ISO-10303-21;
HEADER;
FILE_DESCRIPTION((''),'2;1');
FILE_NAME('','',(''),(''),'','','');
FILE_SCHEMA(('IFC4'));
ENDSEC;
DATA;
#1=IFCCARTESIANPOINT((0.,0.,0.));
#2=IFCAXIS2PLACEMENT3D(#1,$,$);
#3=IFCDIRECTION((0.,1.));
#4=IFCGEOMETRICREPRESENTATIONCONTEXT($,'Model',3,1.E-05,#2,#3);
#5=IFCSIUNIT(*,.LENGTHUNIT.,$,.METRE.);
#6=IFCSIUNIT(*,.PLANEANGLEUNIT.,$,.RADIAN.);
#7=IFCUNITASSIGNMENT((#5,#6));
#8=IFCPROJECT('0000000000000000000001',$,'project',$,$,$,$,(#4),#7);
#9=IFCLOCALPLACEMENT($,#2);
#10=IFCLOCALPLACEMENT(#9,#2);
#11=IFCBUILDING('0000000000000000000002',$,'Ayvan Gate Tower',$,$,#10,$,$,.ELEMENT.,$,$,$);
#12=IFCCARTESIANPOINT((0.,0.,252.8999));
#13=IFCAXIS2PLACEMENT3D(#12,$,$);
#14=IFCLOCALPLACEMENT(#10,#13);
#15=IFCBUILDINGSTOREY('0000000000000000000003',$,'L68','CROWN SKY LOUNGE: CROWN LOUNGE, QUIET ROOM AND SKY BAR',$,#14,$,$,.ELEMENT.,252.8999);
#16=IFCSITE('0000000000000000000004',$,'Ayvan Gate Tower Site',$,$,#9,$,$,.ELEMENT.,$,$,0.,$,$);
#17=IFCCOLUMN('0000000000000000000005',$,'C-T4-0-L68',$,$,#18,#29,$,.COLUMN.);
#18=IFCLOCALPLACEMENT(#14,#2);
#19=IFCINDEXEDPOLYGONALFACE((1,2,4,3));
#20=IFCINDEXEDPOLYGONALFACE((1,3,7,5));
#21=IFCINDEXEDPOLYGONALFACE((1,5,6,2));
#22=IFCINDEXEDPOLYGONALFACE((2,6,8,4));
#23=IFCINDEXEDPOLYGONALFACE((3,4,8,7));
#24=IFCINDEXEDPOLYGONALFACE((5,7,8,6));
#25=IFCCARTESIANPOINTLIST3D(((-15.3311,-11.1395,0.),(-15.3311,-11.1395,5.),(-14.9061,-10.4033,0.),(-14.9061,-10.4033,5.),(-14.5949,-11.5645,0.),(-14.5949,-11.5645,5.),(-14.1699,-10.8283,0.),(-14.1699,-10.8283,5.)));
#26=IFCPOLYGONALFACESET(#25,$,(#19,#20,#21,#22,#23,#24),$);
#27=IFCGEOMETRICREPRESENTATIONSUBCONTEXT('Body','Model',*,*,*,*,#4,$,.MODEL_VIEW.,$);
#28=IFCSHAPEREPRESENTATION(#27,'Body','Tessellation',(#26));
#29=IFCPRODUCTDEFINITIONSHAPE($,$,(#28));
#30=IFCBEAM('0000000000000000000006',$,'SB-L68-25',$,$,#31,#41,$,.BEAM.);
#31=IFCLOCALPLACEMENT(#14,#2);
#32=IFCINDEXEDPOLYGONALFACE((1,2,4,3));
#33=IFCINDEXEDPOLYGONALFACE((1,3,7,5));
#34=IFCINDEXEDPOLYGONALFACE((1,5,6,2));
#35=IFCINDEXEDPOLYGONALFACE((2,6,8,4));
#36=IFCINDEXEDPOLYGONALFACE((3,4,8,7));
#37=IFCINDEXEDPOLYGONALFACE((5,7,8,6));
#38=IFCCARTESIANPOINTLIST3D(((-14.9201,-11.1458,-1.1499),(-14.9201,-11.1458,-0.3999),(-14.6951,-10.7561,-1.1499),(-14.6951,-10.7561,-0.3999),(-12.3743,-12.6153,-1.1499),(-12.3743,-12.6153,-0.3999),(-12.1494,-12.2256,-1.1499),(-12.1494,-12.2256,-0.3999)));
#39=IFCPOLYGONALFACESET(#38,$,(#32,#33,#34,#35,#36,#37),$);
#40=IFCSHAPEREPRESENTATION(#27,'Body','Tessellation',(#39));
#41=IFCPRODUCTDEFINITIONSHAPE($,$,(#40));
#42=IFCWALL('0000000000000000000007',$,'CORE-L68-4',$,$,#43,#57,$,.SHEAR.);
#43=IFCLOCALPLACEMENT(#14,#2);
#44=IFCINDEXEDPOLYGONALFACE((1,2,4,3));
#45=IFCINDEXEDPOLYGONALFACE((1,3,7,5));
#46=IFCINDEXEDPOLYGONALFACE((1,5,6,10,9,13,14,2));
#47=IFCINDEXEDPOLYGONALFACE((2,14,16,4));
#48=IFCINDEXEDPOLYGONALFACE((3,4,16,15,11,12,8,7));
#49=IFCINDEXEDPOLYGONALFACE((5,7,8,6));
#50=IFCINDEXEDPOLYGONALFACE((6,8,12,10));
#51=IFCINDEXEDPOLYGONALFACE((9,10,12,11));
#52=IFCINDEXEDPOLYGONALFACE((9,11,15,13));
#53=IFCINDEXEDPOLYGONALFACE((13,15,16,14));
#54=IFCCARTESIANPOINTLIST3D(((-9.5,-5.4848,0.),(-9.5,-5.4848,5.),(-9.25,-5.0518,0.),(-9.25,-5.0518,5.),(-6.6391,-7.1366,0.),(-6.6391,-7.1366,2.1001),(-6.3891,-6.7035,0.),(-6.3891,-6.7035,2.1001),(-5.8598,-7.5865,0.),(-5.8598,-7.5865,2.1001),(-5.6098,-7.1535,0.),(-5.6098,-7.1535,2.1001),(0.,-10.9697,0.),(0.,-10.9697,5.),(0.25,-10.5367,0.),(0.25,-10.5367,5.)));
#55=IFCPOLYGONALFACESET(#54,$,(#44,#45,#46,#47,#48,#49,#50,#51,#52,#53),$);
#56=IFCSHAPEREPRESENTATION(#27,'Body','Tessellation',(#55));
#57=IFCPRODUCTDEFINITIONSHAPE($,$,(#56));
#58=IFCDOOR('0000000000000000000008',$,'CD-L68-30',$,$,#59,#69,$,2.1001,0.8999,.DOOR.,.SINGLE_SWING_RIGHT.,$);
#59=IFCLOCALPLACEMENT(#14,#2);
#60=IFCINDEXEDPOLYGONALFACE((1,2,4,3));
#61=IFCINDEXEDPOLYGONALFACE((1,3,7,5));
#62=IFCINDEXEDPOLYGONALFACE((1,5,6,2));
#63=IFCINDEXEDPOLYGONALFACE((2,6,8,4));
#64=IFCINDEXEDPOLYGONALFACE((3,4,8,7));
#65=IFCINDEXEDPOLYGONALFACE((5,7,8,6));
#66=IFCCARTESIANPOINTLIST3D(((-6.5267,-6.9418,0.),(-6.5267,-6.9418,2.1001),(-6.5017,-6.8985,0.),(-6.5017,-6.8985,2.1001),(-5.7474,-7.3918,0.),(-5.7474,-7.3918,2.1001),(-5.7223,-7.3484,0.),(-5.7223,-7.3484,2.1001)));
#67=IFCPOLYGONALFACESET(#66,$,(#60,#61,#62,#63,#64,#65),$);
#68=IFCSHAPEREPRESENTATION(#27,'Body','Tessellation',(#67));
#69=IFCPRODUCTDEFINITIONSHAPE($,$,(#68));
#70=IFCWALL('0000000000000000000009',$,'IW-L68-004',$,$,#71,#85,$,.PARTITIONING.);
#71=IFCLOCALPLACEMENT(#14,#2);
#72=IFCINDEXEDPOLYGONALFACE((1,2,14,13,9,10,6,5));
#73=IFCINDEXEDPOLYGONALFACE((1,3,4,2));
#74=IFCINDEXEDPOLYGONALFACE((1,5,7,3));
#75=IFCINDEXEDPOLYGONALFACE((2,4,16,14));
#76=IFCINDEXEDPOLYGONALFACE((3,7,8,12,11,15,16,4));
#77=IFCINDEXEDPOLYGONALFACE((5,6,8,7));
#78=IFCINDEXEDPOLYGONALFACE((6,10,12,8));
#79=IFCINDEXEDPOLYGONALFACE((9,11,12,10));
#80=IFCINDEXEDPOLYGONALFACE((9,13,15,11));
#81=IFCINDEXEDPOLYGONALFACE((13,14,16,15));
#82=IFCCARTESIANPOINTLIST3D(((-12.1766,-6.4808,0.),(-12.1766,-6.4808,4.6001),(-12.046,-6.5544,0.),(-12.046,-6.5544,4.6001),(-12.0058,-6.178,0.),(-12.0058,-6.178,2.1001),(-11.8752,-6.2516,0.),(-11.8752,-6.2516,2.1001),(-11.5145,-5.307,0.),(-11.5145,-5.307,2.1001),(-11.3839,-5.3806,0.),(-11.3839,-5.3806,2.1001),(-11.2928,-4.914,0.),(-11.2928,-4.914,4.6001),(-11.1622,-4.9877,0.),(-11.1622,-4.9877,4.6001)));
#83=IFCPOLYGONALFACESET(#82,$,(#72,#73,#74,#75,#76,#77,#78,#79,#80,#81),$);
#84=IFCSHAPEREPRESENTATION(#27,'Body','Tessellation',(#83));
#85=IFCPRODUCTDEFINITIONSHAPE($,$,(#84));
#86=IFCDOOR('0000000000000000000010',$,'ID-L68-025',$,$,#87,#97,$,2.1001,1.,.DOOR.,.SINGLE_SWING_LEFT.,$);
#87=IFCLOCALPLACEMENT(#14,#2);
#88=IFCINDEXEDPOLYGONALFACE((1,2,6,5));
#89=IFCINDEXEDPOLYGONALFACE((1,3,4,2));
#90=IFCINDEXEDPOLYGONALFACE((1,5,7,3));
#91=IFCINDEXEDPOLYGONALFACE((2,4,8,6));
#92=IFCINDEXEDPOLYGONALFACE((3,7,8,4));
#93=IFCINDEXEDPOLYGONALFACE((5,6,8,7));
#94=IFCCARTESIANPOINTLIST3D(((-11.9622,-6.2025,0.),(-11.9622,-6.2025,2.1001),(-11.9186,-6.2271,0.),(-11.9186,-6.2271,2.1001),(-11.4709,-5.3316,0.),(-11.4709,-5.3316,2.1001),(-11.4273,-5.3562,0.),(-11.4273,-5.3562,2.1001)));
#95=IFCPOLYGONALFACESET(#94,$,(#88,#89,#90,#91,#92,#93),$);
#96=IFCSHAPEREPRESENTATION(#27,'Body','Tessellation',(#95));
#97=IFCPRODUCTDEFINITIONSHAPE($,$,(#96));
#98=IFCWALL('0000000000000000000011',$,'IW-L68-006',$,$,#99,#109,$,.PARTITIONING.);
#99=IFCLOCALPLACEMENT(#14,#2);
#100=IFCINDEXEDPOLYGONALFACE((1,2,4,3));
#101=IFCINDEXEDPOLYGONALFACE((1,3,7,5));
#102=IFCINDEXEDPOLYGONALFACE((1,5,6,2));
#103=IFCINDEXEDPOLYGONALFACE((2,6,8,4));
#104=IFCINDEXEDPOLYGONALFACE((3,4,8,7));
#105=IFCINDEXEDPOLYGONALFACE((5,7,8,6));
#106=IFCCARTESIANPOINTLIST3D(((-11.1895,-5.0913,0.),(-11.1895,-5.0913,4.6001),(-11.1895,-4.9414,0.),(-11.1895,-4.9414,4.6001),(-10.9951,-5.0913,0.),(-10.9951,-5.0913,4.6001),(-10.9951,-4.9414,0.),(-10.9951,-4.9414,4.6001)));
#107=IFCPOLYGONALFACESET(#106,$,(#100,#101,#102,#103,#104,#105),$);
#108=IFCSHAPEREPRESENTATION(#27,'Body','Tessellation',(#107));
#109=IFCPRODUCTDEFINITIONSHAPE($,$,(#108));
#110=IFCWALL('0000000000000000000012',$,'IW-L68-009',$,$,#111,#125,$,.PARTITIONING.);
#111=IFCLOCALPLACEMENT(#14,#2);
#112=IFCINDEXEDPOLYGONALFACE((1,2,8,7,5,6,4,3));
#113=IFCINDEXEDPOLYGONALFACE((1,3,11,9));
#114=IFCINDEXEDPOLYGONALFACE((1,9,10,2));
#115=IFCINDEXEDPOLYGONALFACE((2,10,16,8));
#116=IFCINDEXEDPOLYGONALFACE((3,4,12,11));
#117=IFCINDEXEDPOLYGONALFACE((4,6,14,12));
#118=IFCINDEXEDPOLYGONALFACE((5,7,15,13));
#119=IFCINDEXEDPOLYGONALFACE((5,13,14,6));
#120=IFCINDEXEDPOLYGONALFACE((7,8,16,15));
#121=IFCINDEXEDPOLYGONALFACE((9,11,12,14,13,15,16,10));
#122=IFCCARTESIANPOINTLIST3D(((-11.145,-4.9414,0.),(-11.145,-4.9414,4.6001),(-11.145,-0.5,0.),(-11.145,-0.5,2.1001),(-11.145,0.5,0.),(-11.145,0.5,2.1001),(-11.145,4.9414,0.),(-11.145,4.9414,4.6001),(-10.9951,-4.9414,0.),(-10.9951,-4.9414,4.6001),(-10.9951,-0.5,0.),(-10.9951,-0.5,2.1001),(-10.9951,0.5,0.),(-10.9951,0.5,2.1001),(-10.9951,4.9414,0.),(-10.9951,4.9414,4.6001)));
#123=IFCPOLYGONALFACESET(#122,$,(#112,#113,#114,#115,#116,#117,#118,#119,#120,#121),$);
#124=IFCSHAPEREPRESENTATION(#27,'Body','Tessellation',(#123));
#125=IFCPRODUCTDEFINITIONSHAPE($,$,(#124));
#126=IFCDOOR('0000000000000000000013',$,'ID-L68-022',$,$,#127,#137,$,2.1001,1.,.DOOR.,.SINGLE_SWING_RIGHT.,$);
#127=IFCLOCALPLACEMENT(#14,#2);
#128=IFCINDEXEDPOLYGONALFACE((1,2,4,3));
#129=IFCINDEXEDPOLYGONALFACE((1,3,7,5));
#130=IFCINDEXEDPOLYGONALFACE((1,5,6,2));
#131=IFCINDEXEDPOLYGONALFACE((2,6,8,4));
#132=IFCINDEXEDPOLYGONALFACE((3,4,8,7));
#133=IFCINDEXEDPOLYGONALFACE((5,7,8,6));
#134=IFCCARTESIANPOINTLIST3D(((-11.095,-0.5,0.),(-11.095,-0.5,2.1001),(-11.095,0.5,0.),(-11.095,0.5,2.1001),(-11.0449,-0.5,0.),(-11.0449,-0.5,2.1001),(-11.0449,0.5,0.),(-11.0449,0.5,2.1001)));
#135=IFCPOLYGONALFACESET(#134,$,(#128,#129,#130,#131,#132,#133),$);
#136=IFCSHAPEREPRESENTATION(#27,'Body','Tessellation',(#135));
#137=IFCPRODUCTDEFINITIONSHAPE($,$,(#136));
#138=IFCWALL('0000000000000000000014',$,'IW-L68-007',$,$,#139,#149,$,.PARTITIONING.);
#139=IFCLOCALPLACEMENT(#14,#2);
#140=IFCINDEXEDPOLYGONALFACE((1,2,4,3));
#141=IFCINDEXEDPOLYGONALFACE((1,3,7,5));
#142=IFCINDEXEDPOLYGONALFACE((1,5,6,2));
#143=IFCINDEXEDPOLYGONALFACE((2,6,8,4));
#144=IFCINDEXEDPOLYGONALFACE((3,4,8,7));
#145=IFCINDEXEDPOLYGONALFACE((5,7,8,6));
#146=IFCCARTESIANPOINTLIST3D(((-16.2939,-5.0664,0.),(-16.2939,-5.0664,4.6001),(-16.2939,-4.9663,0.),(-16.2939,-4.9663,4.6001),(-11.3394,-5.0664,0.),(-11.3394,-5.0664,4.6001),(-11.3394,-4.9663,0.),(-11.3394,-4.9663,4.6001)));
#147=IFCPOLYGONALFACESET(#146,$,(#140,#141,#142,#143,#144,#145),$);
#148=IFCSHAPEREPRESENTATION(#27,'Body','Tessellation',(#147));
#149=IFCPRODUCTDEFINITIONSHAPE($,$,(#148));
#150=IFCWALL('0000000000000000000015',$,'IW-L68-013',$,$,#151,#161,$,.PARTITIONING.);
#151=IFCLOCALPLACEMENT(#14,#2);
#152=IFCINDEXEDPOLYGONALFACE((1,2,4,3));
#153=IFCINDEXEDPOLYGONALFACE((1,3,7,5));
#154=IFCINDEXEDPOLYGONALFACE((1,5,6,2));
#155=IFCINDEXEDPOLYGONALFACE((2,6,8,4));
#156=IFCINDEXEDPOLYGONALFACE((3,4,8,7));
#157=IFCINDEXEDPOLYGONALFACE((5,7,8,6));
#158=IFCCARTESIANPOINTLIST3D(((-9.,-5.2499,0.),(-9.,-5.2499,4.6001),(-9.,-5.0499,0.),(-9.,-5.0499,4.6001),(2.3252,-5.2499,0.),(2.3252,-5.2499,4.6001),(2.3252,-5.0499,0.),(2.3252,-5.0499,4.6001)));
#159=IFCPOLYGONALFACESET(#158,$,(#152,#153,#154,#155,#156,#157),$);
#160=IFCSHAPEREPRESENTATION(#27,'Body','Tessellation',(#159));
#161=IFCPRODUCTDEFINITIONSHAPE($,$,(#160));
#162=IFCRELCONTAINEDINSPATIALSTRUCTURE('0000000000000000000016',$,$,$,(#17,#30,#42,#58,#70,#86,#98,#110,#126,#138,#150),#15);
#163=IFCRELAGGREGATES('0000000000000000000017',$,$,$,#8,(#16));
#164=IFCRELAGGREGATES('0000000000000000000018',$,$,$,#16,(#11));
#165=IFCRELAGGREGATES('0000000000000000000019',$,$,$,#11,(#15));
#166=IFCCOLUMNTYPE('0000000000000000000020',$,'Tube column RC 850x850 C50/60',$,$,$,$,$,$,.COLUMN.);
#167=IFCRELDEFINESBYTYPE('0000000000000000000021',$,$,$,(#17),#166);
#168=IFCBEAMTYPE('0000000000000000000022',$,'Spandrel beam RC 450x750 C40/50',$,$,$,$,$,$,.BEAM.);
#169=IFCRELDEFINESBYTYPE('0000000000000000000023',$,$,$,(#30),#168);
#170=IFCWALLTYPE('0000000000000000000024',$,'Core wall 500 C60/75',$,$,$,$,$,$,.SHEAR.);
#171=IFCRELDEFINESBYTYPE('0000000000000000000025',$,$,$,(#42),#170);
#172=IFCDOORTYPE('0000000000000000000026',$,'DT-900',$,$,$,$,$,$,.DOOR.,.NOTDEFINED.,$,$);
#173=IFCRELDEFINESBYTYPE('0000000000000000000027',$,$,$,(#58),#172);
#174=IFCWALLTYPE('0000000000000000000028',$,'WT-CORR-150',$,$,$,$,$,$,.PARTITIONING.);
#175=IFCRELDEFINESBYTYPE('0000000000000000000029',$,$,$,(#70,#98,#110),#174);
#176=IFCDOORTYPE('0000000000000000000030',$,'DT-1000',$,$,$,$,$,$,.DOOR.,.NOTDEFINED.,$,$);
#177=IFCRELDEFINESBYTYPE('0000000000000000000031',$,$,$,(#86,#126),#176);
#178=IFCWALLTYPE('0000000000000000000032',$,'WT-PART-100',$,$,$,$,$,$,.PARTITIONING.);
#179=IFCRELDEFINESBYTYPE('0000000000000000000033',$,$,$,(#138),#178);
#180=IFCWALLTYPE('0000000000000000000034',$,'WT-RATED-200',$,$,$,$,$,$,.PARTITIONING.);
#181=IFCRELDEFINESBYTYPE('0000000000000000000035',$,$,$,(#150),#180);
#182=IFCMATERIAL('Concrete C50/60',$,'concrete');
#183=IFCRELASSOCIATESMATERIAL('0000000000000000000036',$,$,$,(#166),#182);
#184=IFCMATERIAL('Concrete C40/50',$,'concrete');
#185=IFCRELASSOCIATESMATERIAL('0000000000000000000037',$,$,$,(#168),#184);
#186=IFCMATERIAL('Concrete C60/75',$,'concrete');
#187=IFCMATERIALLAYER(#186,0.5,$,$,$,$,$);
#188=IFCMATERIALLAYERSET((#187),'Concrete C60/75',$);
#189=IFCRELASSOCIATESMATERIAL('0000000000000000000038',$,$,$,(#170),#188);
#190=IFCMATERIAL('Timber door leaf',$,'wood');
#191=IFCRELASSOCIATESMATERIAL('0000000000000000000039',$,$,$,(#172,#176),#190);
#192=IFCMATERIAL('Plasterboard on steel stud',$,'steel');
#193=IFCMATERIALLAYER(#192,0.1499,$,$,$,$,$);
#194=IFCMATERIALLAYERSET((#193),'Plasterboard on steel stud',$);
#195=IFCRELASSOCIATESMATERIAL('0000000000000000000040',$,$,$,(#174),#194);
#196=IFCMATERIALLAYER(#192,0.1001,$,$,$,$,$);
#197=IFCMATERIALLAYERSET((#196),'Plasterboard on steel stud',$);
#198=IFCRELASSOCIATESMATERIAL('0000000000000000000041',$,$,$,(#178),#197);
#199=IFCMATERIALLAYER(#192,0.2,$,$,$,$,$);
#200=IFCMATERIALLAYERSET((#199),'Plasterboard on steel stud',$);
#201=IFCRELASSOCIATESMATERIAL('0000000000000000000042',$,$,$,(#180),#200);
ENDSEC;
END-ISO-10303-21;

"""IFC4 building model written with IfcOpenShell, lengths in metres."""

from ifc_helpers import new_model, si_unit, direction, frame, frame_2d, origin, origin_2d, place, context, subcontext, project, spatial, rectangle, extrude, material, layer, layer_set, material_profile, profile_set, type_object, element, fill, save


model = new_model("IFC4")

# Units and contexts
model_context = context("Model", 3, precision=1e-05, world=origin(), true_north=direction((0.0, 1.0)))
body_context = subcontext(model_context, "Body", "Model", "MODEL_VIEW")
ifc_project = project(units=[si_unit("LENGTHUNIT", "METRE"), si_unit("PLANEANGLEUNIT", "RADIAN")], contexts=[model_context])

# Site, building, storey
site_placement = place(None, origin())
site = spatial("IfcSite", under=ifc_project, at=site_placement, Name="Ayvan Gate Tower Site", CompositionType="ELEMENT", RefElevation=0.0)
building_placement = place(site_placement, origin())
building = spatial("IfcBuilding", under=site, at=building_placement, Name="Ayvan Gate Tower", CompositionType="ELEMENT")
storey_placement = place(building_placement, frame((0.0, 0.0, 252.8999)))
storey = spatial("IfcBuildingStorey", under=building, at=storey_placement, Name="L68", Description="CROWN SKY LOUNGE: CROWN LOUNGE, QUIET ROOM AND SKY BAR", CompositionType="ELEMENT", Elevation=252.8999)

# Column
ifc_material_1 = material(Name="Concrete C50/60", Category="concrete")
ifc_material_profile_1 = material_profile(ifc_material_1, rectangle(XDim=0.8501, YDim=0.8501, at=origin_2d()), Name="RC 850x850")
ifc_profile_set_1 = profile_set([ifc_material_profile_1], Name="Concrete C50/60")
column_type = type_object("IfcColumnType", Name="Tube column RC 850x850 C50/60", PredefinedType="COLUMN", material=ifc_profile_set_1)
column_placement = place(storey_placement, frame((-14.7505, -10.9839, 0.0), z_axis=(0.0, 0.0, 1.0), x_axis=(-0.5, -0.866025, 0.0)))
element("IfcColumn", 1, at=column_placement, inside=storey, type_object=column_type, Name="C-T4-0-L68", PredefinedType="COLUMN", context=body_context, shape_type="SweptSolid", body=[
    extrude(rectangle(XDim=0.8501, YDim=0.8501, at=origin_2d()), origin(), (0.0, 0.0, 1.0), 5.0),
])

# Beam
ifc_material_2 = material(Name="Concrete C40/50", Category="concrete")
ifc_material_profile_2 = material_profile(ifc_material_2, rectangle(XDim=0.45, YDim=0.75, at=origin_2d()), Name="RC 450x750")
ifc_profile_set_2 = profile_set([ifc_material_profile_2], Name="Concrete C40/50")
beam_type = type_object("IfcBeamType", Name="Spandrel beam RC 450x750 C40/50", PredefinedType="BEAM", material=ifc_profile_set_2)
beam_placement = place(storey_placement, frame((-14.8076, -10.9509, -0.7749), z_axis=(0.866062, -0.499936, 0.0), x_axis=(0.499936, 0.866062, 0.0)))
element("IfcBeam", 2, at=beam_placement, inside=storey, type_object=beam_type, Name="SB-L68-25", PredefinedType="BEAM", context=body_context, shape_type="SweptSolid", body=[
    extrude(rectangle(XDim=0.45, YDim=0.75, at=origin_2d()), origin(), (0.0, 0.0, 1.0), 2.9395),
])

# Walls, openings, doors
ifc_material_3 = material(Name="Concrete C60/75", Category="concrete")
ifc_layer_1 = layer(ifc_material_3, 0.5)
ifc_layer_set_1 = layer_set([ifc_layer_1], Name="Concrete C60/75")
wall_type_1 = type_object("IfcWallType", Name="Core wall 500 C60/75", PredefinedType="SHEAR", material=ifc_layer_set_1)
wall_1_placement = place(storey_placement, frame((-9.375, -5.2683, 0.0), z_axis=(0.0, 0.0, 1.0), x_axis=(0.866024, -0.500002, 0.0)))
wall_1 = element("IfcWall", 3, at=wall_1_placement, inside=storey, type_object=wall_type_1, Name="CORE-L68-4", PredefinedType="SHEAR", context=body_context, shape_type="SweptSolid", body=[
    extrude(rectangle(XDim=10.9697, YDim=0.5, at=frame_2d((5.4849, 0.0))), origin(), (0.0, 0.0, 1.0), 5.0),
])
opening_1_placement = place(wall_1_placement, frame((3.3035, 0.0, 0.0)))
opening_1 = element("IfcOpeningElement", 4, at=opening_1_placement, cuts=wall_1, PredefinedType="OPENING", context=body_context, shape_type="SweptSolid", body=[
    extrude(rectangle(XDim=0.8999, YDim=2.1001, at=frame_2d((0.45, 1.05))), frame((0.0, 0.26, 0.0), z_axis=(0.0, -1.0, 0.0), x_axis=(1.0, 0.0, 0.0)), (0.0, 0.0, 1.0), 0.52),
])
ifc_material_4 = material(Name="Timber door leaf", Category="wood")
door_type_1 = type_object("IfcDoorType", Name="DT-900", OperationType="NOTDEFINED", PredefinedType="DOOR", material=ifc_material_4)
door_1_placement = place(opening_1_placement, origin())
door_1 = element("IfcDoor", 5, at=door_1_placement, inside=storey, type_object=door_type_1, Name="CD-L68-30", OperationType="SINGLE_SWING_RIGHT", OverallHeight=2.1001, OverallWidth=0.8999, PredefinedType="DOOR", context=body_context, shape_type="SweptSolid", body=[
    extrude(rectangle(XDim=0.8999, YDim=2.1001, at=frame_2d((0.45, 1.05))), frame((0.0, 0.0249, 0.0), z_axis=(0.0, -1.0, 0.0), x_axis=(1.0, 0.0, 0.0)), (0.0, 0.0, 1.0), 0.05),
])
fill(opening_1, door_1)
ifc_material_5 = material(Name="Plasterboard on steel stud", Category="steel")
ifc_layer_2 = layer(ifc_material_5, 0.1499)
ifc_layer_set_2 = layer_set([ifc_layer_2], Name="Plasterboard on steel stud")
wall_type_2 = type_object("IfcWallType", Name="WT-CORR-150", PredefinedType="PARTITIONING", material=ifc_layer_set_2)
wall_2_placement = place(storey_placement, frame((-12.1113, -6.5176, 0.0), z_axis=(0.0, 0.0, 1.0), x_axis=(0.491337, 0.87097, 0.0)))
wall_2 = element("IfcWall", 6, at=wall_2_placement, inside=storey, type_object=wall_type_2, Name="IW-L68-004", PredefinedType="PARTITIONING", context=body_context, shape_type="SweptSolid", body=[
    extrude(rectangle(XDim=1.7988, YDim=0.1499, at=frame_2d((0.8994, 0.0))), origin(), (0.0, 0.0, 1.0), 4.6001),
])
opening_2_placement = place(wall_2_placement, frame((0.3477, 0.0, 0.0)))
opening_2 = element("IfcOpeningElement", 7, at=opening_2_placement, cuts=wall_2, PredefinedType="OPENING", context=body_context, shape_type="SweptSolid", body=[
    extrude(rectangle(XDim=1.0, YDim=2.1001, at=frame_2d((0.5, 1.05))), frame((0.0, 0.085, 0.0), z_axis=(0.0, -1.0, 0.0), x_axis=(1.0, 0.0, 0.0)), (0.0, 0.0, 1.0), 0.1699),
])
door_type_2 = type_object("IfcDoorType", Name="DT-1000", OperationType="NOTDEFINED", PredefinedType="DOOR", material=ifc_material_4)
door_2_placement = place(opening_2_placement, origin())
door_2 = element("IfcDoor", 8, at=door_2_placement, inside=storey, type_object=door_type_2, Name="ID-L68-025", OperationType="SINGLE_SWING_LEFT", OverallHeight=2.1001, OverallWidth=1.0, PredefinedType="DOOR", context=body_context, shape_type="SweptSolid", body=[
    extrude(rectangle(XDim=1.0, YDim=2.1001, at=frame_2d((0.5, 1.05))), frame((0.0, 0.0249, 0.0), z_axis=(0.0, -1.0, 0.0), x_axis=(1.0, 0.0, 0.0)), (0.0, 0.0, 1.0), 0.05),
])
fill(opening_2, door_2)

# Wall
wall_3_placement = place(storey_placement, frame((-11.1895, -5.0164, 0.0), z_axis=(0.0, 0.0, 1.0), x_axis=(1.0, 0.0, 0.0)))
element("IfcWall", 9, at=wall_3_placement, inside=storey, type_object=wall_type_2, Name="IW-L68-006", PredefinedType="PARTITIONING", context=body_context, shape_type="SweptSolid", body=[
    extrude(rectangle(XDim=0.1943, YDim=0.1499, at=frame_2d((0.0972, 0.0))), origin(), (0.0, 0.0, 1.0), 4.6001),
])

# Wall, opening, door
wall_4_placement = place(storey_placement, frame((-11.0701, -4.9414, 0.0), z_axis=(0.0, 0.0, 1.0), x_axis=(0.0, 1.0, 0.0)))
wall_4 = element("IfcWall", 10, at=wall_4_placement, inside=storey, type_object=wall_type_2, Name="IW-L68-009", PredefinedType="PARTITIONING", context=body_context, shape_type="SweptSolid", body=[
    extrude(rectangle(XDim=9.8828, YDim=0.1499, at=frame_2d((4.9414, 0.0))), origin(), (0.0, 0.0, 1.0), 4.6001),
])
opening_3_placement = place(wall_4_placement, frame((4.4414, 0.0, 0.0)))
opening_3 = element("IfcOpeningElement", 11, at=opening_3_placement, cuts=wall_4, PredefinedType="OPENING", context=body_context, shape_type="SweptSolid", body=[
    extrude(rectangle(XDim=1.0, YDim=2.1001, at=frame_2d((0.5, 1.05))), frame((0.0, 0.085, 0.0), z_axis=(0.0, -1.0, 0.0), x_axis=(1.0, 0.0, 0.0)), (0.0, 0.0, 1.0), 0.1699),
])
door_3_placement = place(opening_3_placement, origin())
door_3 = element("IfcDoor", 12, at=door_3_placement, inside=storey, type_object=door_type_2, Name="ID-L68-022", OperationType="SINGLE_SWING_RIGHT", OverallHeight=2.1001, OverallWidth=1.0, PredefinedType="DOOR", context=body_context, shape_type="SweptSolid", body=[
    extrude(rectangle(XDim=1.0, YDim=2.1001, at=frame_2d((0.5, 1.05))), frame((0.0, 0.0249, 0.0), z_axis=(0.0, -1.0, 0.0), x_axis=(1.0, 0.0, 0.0)), (0.0, 0.0, 1.0), 0.05),
])
fill(opening_3, door_3)

# Walls
ifc_layer_3 = layer(ifc_material_5, 0.1001)
ifc_layer_set_3 = layer_set([ifc_layer_3], Name="Plasterboard on steel stud")
wall_type_3 = type_object("IfcWallType", Name="WT-PART-100", PredefinedType="PARTITIONING", material=ifc_layer_set_3)
wall_5_placement = place(storey_placement, frame((-11.3394, -5.0164, 0.0), z_axis=(0.0, 0.0, 1.0), x_axis=(-1.0, 0.0, 0.0)))
element("IfcWall", 13, at=wall_5_placement, inside=storey, type_object=wall_type_3, Name="IW-L68-007", PredefinedType="PARTITIONING", context=body_context, shape_type="SweptSolid", body=[
    extrude(rectangle(XDim=4.9546, YDim=0.1001, at=frame_2d((2.4773, 0.0))), origin(), (0.0, 0.0, 1.0), 4.6001),
])
ifc_layer_4 = layer(ifc_material_5, 0.2)
ifc_layer_set_4 = layer_set([ifc_layer_4], Name="Plasterboard on steel stud")
wall_type_4 = type_object("IfcWallType", Name="WT-RATED-200", PredefinedType="PARTITIONING", material=ifc_layer_set_4)
wall_6_placement = place(storey_placement, frame((-9.0, -5.1499, 0.0), z_axis=(0.0, 0.0, 1.0), x_axis=(1.0, 0.0, 0.0)))
element("IfcWall", 14, at=wall_6_placement, inside=storey, type_object=wall_type_4, Name="IW-L68-013", PredefinedType="PARTITIONING", context=body_context, shape_type="SweptSolid", body=[
    extrude(rectangle(XDim=11.3252, YDim=0.2, at=frame_2d((5.6626, 0.0))), origin(), (0.0, 0.0, 1.0), 4.6001),
])

save(model, "model.ifc")
